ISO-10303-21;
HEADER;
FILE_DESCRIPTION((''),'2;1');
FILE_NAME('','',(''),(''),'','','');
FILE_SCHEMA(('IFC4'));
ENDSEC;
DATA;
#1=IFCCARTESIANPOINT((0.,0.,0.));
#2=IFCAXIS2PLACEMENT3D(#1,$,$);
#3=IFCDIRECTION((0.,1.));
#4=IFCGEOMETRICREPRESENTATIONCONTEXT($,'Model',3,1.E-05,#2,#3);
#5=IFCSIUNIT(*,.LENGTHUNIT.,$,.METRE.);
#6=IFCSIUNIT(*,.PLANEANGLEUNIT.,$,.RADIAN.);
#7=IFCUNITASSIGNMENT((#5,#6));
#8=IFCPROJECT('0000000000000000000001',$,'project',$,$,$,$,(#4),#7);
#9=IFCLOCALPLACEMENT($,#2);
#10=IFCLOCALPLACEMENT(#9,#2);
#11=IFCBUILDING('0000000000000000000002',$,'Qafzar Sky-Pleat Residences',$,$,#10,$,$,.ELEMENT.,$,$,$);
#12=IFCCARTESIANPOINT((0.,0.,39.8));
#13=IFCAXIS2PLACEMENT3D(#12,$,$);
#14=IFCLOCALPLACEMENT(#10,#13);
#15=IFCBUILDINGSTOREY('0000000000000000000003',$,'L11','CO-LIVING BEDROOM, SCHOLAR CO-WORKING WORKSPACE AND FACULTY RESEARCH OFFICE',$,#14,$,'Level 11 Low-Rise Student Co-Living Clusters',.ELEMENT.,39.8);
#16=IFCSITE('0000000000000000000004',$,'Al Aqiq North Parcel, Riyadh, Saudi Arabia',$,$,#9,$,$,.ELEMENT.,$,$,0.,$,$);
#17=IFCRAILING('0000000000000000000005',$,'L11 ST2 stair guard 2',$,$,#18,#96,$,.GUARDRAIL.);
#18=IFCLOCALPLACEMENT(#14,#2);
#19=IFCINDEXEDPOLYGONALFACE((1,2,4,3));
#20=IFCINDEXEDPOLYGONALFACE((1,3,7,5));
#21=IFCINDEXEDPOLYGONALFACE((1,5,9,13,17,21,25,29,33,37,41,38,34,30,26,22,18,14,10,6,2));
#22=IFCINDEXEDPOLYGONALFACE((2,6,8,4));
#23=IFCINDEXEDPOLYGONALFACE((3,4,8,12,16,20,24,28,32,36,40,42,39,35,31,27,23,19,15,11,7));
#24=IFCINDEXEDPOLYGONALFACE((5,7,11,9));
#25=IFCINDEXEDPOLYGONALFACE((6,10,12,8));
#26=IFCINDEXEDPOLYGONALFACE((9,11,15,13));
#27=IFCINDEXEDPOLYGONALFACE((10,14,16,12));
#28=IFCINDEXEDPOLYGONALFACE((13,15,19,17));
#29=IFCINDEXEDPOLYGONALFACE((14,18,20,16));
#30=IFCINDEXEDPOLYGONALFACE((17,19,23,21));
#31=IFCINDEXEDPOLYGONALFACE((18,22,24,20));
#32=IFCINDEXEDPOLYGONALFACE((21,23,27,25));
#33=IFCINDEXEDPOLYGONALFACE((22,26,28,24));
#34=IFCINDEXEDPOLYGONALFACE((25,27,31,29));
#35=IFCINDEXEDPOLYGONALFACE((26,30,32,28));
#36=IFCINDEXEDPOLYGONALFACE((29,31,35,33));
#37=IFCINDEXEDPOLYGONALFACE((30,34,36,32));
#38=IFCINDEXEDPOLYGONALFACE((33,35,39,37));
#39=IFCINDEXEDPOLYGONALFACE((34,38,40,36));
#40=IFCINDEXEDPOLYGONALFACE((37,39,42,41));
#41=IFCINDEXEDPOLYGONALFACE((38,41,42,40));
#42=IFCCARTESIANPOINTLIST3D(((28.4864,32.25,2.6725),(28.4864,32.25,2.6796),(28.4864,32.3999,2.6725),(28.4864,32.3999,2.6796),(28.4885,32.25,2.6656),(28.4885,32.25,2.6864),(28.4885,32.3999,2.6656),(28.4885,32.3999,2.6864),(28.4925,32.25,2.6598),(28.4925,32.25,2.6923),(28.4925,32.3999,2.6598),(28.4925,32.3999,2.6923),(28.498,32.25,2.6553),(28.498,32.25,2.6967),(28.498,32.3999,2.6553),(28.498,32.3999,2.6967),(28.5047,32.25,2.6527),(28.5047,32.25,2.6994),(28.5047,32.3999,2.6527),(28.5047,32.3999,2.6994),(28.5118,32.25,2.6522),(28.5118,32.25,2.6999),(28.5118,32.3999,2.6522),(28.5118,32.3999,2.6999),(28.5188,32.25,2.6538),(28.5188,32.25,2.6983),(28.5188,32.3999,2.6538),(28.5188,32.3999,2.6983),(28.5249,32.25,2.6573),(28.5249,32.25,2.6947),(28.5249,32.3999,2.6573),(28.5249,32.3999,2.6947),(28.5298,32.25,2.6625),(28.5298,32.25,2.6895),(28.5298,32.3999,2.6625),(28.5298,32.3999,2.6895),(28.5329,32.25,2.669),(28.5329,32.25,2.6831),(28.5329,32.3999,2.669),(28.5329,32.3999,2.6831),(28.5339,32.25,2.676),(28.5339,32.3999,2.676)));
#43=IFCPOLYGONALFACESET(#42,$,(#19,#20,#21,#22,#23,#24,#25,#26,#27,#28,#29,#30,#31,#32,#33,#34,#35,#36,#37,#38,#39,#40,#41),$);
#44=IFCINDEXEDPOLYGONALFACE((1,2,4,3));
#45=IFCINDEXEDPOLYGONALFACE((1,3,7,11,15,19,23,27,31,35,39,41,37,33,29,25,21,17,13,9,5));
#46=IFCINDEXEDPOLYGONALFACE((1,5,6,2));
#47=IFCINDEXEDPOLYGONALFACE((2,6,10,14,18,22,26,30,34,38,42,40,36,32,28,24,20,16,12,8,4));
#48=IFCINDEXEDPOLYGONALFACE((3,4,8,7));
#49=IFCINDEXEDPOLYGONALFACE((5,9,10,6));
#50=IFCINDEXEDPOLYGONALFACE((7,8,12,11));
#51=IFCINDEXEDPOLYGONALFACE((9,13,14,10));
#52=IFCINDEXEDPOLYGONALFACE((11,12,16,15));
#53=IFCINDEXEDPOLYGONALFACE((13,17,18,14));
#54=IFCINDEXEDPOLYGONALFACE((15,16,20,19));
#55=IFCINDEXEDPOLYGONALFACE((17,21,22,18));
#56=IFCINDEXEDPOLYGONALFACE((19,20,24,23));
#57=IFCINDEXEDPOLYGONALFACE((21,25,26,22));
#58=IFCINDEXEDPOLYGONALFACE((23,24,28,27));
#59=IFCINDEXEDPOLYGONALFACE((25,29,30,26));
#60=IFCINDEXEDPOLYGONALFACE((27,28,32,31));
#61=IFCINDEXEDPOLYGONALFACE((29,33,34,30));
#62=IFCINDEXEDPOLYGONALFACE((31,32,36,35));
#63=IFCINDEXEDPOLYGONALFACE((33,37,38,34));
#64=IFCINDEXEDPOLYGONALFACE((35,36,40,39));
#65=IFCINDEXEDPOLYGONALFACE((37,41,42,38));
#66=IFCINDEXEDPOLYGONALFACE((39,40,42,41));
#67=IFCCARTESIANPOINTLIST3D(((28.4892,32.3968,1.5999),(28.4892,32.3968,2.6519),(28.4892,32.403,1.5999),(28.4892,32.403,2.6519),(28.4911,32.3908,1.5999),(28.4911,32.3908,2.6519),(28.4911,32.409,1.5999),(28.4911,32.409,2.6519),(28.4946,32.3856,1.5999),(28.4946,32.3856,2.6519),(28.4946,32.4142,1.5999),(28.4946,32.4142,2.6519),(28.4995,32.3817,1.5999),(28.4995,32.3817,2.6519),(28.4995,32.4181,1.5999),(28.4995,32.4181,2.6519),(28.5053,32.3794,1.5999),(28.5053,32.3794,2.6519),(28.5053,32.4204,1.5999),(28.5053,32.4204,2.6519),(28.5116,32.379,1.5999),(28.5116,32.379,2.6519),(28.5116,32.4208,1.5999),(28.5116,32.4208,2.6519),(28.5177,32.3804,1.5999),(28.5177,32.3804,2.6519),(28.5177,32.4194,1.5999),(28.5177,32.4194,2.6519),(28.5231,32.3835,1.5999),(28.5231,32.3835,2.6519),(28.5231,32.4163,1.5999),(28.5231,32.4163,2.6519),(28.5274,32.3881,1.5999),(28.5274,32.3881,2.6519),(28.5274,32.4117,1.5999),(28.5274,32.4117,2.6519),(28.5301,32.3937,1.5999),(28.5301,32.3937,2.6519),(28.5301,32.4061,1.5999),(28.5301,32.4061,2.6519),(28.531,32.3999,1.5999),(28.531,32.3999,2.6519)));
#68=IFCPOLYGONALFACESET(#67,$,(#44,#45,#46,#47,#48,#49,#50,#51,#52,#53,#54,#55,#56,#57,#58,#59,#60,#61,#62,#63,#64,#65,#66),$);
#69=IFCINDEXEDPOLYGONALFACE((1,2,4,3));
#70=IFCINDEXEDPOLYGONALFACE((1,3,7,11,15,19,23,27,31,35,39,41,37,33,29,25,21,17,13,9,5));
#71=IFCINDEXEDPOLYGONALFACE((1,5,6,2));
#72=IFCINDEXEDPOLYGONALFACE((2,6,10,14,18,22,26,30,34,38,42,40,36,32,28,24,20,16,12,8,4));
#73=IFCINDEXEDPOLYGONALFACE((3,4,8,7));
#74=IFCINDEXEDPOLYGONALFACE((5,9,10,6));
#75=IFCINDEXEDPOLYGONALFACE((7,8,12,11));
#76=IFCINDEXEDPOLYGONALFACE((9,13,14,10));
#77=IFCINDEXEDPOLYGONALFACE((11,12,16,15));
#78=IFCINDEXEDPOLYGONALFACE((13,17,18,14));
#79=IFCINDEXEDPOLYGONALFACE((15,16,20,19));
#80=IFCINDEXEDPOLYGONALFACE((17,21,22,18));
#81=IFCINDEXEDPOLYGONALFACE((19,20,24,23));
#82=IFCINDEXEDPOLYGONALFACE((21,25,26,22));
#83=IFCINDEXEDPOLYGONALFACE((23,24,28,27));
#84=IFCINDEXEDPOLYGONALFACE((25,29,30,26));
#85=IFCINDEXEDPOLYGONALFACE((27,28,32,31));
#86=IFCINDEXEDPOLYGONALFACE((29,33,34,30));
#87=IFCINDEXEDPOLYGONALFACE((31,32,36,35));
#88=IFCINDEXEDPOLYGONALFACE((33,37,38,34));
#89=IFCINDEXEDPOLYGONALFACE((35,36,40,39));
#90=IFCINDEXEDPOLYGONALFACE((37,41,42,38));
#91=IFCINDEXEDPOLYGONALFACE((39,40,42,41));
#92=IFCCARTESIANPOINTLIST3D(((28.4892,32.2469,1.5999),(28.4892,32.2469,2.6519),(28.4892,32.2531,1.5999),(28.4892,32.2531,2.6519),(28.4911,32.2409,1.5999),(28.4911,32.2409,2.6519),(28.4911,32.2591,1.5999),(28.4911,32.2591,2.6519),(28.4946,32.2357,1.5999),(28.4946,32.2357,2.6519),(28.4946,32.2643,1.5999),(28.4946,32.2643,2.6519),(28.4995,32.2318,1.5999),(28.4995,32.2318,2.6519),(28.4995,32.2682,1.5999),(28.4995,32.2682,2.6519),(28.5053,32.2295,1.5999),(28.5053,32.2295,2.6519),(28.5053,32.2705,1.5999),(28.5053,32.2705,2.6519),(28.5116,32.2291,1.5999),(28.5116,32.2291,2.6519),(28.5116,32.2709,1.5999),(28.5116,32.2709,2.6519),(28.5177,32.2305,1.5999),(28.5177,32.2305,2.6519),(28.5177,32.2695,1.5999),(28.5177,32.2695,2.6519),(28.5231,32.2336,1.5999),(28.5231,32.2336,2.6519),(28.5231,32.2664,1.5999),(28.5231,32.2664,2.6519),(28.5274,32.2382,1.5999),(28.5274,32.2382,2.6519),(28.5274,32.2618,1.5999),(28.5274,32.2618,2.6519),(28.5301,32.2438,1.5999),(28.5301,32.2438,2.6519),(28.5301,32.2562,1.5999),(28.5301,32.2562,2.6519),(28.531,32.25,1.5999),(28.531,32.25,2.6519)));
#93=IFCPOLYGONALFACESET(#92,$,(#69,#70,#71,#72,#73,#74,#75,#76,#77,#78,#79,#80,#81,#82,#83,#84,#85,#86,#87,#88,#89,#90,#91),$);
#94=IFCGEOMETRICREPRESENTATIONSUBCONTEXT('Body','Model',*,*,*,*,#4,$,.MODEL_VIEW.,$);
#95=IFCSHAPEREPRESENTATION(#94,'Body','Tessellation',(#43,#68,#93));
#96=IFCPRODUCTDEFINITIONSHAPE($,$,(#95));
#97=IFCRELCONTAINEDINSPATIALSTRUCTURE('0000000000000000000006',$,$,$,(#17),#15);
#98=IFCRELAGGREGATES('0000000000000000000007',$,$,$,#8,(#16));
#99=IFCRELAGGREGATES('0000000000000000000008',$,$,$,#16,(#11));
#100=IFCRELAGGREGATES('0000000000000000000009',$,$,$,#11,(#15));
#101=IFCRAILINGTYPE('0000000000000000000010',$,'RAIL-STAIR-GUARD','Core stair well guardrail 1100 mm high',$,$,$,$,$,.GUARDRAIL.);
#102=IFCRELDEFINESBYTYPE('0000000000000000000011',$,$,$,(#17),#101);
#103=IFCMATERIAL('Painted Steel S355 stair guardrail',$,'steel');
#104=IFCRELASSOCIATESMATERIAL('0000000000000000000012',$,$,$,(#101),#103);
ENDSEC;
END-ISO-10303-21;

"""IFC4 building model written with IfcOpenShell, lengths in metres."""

from ifc_helpers import new_model, si_unit, direction, frame, origin, origin_2d, place, context, subcontext, project, spatial, circle, extrude, source, transform, mapped, material, type_object, element, save


model = new_model("IFC4")

# Units and contexts
model_context = context("Model", 3, precision=1e-05, world=origin(), true_north=direction((0.0, 1.0)))
body_context = subcontext(model_context, "Body", "Model", "MODEL_VIEW")
ifc_project = project(units=[si_unit("LENGTHUNIT", "METRE"), si_unit("PLANEANGLEUNIT", "RADIAN")], contexts=[model_context])

# Site, building, storey
site_placement = place(None, origin())
site = spatial("IfcSite", under=ifc_project, at=site_placement, Name="Al Aqiq North Parcel, Riyadh, Saudi Arabia", CompositionType="ELEMENT", RefElevation=0.0)
building_placement = place(site_placement, origin())
building = spatial("IfcBuilding", under=site, at=building_placement, Name="Qafzar Sky-Pleat Residences", CompositionType="ELEMENT")
storey_placement = place(building_placement, frame((0.0, 0.0, 39.8)))
storey = spatial("IfcBuildingStorey", under=building, at=storey_placement, Name="L11", Description="CO-LIVING BEDROOM, SCHOLAR CO-WORKING WORKSPACE AND FACULTY RESEARCH OFFICE", LongName="Level 11 Low-Rise Student Co-Living Clusters", CompositionType="ELEMENT", Elevation=39.8)

# Railing
ifc_material_1 = material(Name="Painted Steel S355 stair guardrail", Category="steel")
railing_type_1 = type_object("IfcRailingType", Name="RAIL-STAIR-GUARD", Description="Core stair well guardrail 1100 mm high", PredefinedType="GUARDRAIL", material=ifc_material_1)
shared_shape_1 = source(origin(), body_context, "Body", "SweptSolid", [
    extrude(circle(Radius=0.0239, at=origin_2d()), frame((0.0, 0.0, 1.0762), z_axis=(0.0, -1.0, 0.0), x_axis=(1.0, 0.0, 0.0)), (0.0, 0.0, 1.0), 0.1499),
    extrude(circle(Radius=0.021, at=origin_2d()), origin(), (0.0, 0.0, 1.0), 1.052),
    extrude(circle(Radius=0.021, at=origin_2d()), frame((0.0, -0.1499, 0.0)), (0.0, 0.0, 1.0), 1.052),
])
railing_1_placement = place(storey_placement, frame((28.51, 32.3999, 1.5999)))
element("IfcRailing", 1, at=railing_1_placement, inside=storey, type_object=railing_type_1, Name="L11 ST2 stair guard 2", PredefinedType="GUARDRAIL", context=body_context, shape_type="MappedRepresentation", body=[
    mapped(shared_shape_1, transform((0.0, 0.0, 0.0), x_axis=(1.0, 0.0, 0.0), y_axis=(0.0, 1.0, 0.0), z_axis=(0.0, 0.0, 1.0), scale=1.0)),
])

save(model, "model.ifc")
